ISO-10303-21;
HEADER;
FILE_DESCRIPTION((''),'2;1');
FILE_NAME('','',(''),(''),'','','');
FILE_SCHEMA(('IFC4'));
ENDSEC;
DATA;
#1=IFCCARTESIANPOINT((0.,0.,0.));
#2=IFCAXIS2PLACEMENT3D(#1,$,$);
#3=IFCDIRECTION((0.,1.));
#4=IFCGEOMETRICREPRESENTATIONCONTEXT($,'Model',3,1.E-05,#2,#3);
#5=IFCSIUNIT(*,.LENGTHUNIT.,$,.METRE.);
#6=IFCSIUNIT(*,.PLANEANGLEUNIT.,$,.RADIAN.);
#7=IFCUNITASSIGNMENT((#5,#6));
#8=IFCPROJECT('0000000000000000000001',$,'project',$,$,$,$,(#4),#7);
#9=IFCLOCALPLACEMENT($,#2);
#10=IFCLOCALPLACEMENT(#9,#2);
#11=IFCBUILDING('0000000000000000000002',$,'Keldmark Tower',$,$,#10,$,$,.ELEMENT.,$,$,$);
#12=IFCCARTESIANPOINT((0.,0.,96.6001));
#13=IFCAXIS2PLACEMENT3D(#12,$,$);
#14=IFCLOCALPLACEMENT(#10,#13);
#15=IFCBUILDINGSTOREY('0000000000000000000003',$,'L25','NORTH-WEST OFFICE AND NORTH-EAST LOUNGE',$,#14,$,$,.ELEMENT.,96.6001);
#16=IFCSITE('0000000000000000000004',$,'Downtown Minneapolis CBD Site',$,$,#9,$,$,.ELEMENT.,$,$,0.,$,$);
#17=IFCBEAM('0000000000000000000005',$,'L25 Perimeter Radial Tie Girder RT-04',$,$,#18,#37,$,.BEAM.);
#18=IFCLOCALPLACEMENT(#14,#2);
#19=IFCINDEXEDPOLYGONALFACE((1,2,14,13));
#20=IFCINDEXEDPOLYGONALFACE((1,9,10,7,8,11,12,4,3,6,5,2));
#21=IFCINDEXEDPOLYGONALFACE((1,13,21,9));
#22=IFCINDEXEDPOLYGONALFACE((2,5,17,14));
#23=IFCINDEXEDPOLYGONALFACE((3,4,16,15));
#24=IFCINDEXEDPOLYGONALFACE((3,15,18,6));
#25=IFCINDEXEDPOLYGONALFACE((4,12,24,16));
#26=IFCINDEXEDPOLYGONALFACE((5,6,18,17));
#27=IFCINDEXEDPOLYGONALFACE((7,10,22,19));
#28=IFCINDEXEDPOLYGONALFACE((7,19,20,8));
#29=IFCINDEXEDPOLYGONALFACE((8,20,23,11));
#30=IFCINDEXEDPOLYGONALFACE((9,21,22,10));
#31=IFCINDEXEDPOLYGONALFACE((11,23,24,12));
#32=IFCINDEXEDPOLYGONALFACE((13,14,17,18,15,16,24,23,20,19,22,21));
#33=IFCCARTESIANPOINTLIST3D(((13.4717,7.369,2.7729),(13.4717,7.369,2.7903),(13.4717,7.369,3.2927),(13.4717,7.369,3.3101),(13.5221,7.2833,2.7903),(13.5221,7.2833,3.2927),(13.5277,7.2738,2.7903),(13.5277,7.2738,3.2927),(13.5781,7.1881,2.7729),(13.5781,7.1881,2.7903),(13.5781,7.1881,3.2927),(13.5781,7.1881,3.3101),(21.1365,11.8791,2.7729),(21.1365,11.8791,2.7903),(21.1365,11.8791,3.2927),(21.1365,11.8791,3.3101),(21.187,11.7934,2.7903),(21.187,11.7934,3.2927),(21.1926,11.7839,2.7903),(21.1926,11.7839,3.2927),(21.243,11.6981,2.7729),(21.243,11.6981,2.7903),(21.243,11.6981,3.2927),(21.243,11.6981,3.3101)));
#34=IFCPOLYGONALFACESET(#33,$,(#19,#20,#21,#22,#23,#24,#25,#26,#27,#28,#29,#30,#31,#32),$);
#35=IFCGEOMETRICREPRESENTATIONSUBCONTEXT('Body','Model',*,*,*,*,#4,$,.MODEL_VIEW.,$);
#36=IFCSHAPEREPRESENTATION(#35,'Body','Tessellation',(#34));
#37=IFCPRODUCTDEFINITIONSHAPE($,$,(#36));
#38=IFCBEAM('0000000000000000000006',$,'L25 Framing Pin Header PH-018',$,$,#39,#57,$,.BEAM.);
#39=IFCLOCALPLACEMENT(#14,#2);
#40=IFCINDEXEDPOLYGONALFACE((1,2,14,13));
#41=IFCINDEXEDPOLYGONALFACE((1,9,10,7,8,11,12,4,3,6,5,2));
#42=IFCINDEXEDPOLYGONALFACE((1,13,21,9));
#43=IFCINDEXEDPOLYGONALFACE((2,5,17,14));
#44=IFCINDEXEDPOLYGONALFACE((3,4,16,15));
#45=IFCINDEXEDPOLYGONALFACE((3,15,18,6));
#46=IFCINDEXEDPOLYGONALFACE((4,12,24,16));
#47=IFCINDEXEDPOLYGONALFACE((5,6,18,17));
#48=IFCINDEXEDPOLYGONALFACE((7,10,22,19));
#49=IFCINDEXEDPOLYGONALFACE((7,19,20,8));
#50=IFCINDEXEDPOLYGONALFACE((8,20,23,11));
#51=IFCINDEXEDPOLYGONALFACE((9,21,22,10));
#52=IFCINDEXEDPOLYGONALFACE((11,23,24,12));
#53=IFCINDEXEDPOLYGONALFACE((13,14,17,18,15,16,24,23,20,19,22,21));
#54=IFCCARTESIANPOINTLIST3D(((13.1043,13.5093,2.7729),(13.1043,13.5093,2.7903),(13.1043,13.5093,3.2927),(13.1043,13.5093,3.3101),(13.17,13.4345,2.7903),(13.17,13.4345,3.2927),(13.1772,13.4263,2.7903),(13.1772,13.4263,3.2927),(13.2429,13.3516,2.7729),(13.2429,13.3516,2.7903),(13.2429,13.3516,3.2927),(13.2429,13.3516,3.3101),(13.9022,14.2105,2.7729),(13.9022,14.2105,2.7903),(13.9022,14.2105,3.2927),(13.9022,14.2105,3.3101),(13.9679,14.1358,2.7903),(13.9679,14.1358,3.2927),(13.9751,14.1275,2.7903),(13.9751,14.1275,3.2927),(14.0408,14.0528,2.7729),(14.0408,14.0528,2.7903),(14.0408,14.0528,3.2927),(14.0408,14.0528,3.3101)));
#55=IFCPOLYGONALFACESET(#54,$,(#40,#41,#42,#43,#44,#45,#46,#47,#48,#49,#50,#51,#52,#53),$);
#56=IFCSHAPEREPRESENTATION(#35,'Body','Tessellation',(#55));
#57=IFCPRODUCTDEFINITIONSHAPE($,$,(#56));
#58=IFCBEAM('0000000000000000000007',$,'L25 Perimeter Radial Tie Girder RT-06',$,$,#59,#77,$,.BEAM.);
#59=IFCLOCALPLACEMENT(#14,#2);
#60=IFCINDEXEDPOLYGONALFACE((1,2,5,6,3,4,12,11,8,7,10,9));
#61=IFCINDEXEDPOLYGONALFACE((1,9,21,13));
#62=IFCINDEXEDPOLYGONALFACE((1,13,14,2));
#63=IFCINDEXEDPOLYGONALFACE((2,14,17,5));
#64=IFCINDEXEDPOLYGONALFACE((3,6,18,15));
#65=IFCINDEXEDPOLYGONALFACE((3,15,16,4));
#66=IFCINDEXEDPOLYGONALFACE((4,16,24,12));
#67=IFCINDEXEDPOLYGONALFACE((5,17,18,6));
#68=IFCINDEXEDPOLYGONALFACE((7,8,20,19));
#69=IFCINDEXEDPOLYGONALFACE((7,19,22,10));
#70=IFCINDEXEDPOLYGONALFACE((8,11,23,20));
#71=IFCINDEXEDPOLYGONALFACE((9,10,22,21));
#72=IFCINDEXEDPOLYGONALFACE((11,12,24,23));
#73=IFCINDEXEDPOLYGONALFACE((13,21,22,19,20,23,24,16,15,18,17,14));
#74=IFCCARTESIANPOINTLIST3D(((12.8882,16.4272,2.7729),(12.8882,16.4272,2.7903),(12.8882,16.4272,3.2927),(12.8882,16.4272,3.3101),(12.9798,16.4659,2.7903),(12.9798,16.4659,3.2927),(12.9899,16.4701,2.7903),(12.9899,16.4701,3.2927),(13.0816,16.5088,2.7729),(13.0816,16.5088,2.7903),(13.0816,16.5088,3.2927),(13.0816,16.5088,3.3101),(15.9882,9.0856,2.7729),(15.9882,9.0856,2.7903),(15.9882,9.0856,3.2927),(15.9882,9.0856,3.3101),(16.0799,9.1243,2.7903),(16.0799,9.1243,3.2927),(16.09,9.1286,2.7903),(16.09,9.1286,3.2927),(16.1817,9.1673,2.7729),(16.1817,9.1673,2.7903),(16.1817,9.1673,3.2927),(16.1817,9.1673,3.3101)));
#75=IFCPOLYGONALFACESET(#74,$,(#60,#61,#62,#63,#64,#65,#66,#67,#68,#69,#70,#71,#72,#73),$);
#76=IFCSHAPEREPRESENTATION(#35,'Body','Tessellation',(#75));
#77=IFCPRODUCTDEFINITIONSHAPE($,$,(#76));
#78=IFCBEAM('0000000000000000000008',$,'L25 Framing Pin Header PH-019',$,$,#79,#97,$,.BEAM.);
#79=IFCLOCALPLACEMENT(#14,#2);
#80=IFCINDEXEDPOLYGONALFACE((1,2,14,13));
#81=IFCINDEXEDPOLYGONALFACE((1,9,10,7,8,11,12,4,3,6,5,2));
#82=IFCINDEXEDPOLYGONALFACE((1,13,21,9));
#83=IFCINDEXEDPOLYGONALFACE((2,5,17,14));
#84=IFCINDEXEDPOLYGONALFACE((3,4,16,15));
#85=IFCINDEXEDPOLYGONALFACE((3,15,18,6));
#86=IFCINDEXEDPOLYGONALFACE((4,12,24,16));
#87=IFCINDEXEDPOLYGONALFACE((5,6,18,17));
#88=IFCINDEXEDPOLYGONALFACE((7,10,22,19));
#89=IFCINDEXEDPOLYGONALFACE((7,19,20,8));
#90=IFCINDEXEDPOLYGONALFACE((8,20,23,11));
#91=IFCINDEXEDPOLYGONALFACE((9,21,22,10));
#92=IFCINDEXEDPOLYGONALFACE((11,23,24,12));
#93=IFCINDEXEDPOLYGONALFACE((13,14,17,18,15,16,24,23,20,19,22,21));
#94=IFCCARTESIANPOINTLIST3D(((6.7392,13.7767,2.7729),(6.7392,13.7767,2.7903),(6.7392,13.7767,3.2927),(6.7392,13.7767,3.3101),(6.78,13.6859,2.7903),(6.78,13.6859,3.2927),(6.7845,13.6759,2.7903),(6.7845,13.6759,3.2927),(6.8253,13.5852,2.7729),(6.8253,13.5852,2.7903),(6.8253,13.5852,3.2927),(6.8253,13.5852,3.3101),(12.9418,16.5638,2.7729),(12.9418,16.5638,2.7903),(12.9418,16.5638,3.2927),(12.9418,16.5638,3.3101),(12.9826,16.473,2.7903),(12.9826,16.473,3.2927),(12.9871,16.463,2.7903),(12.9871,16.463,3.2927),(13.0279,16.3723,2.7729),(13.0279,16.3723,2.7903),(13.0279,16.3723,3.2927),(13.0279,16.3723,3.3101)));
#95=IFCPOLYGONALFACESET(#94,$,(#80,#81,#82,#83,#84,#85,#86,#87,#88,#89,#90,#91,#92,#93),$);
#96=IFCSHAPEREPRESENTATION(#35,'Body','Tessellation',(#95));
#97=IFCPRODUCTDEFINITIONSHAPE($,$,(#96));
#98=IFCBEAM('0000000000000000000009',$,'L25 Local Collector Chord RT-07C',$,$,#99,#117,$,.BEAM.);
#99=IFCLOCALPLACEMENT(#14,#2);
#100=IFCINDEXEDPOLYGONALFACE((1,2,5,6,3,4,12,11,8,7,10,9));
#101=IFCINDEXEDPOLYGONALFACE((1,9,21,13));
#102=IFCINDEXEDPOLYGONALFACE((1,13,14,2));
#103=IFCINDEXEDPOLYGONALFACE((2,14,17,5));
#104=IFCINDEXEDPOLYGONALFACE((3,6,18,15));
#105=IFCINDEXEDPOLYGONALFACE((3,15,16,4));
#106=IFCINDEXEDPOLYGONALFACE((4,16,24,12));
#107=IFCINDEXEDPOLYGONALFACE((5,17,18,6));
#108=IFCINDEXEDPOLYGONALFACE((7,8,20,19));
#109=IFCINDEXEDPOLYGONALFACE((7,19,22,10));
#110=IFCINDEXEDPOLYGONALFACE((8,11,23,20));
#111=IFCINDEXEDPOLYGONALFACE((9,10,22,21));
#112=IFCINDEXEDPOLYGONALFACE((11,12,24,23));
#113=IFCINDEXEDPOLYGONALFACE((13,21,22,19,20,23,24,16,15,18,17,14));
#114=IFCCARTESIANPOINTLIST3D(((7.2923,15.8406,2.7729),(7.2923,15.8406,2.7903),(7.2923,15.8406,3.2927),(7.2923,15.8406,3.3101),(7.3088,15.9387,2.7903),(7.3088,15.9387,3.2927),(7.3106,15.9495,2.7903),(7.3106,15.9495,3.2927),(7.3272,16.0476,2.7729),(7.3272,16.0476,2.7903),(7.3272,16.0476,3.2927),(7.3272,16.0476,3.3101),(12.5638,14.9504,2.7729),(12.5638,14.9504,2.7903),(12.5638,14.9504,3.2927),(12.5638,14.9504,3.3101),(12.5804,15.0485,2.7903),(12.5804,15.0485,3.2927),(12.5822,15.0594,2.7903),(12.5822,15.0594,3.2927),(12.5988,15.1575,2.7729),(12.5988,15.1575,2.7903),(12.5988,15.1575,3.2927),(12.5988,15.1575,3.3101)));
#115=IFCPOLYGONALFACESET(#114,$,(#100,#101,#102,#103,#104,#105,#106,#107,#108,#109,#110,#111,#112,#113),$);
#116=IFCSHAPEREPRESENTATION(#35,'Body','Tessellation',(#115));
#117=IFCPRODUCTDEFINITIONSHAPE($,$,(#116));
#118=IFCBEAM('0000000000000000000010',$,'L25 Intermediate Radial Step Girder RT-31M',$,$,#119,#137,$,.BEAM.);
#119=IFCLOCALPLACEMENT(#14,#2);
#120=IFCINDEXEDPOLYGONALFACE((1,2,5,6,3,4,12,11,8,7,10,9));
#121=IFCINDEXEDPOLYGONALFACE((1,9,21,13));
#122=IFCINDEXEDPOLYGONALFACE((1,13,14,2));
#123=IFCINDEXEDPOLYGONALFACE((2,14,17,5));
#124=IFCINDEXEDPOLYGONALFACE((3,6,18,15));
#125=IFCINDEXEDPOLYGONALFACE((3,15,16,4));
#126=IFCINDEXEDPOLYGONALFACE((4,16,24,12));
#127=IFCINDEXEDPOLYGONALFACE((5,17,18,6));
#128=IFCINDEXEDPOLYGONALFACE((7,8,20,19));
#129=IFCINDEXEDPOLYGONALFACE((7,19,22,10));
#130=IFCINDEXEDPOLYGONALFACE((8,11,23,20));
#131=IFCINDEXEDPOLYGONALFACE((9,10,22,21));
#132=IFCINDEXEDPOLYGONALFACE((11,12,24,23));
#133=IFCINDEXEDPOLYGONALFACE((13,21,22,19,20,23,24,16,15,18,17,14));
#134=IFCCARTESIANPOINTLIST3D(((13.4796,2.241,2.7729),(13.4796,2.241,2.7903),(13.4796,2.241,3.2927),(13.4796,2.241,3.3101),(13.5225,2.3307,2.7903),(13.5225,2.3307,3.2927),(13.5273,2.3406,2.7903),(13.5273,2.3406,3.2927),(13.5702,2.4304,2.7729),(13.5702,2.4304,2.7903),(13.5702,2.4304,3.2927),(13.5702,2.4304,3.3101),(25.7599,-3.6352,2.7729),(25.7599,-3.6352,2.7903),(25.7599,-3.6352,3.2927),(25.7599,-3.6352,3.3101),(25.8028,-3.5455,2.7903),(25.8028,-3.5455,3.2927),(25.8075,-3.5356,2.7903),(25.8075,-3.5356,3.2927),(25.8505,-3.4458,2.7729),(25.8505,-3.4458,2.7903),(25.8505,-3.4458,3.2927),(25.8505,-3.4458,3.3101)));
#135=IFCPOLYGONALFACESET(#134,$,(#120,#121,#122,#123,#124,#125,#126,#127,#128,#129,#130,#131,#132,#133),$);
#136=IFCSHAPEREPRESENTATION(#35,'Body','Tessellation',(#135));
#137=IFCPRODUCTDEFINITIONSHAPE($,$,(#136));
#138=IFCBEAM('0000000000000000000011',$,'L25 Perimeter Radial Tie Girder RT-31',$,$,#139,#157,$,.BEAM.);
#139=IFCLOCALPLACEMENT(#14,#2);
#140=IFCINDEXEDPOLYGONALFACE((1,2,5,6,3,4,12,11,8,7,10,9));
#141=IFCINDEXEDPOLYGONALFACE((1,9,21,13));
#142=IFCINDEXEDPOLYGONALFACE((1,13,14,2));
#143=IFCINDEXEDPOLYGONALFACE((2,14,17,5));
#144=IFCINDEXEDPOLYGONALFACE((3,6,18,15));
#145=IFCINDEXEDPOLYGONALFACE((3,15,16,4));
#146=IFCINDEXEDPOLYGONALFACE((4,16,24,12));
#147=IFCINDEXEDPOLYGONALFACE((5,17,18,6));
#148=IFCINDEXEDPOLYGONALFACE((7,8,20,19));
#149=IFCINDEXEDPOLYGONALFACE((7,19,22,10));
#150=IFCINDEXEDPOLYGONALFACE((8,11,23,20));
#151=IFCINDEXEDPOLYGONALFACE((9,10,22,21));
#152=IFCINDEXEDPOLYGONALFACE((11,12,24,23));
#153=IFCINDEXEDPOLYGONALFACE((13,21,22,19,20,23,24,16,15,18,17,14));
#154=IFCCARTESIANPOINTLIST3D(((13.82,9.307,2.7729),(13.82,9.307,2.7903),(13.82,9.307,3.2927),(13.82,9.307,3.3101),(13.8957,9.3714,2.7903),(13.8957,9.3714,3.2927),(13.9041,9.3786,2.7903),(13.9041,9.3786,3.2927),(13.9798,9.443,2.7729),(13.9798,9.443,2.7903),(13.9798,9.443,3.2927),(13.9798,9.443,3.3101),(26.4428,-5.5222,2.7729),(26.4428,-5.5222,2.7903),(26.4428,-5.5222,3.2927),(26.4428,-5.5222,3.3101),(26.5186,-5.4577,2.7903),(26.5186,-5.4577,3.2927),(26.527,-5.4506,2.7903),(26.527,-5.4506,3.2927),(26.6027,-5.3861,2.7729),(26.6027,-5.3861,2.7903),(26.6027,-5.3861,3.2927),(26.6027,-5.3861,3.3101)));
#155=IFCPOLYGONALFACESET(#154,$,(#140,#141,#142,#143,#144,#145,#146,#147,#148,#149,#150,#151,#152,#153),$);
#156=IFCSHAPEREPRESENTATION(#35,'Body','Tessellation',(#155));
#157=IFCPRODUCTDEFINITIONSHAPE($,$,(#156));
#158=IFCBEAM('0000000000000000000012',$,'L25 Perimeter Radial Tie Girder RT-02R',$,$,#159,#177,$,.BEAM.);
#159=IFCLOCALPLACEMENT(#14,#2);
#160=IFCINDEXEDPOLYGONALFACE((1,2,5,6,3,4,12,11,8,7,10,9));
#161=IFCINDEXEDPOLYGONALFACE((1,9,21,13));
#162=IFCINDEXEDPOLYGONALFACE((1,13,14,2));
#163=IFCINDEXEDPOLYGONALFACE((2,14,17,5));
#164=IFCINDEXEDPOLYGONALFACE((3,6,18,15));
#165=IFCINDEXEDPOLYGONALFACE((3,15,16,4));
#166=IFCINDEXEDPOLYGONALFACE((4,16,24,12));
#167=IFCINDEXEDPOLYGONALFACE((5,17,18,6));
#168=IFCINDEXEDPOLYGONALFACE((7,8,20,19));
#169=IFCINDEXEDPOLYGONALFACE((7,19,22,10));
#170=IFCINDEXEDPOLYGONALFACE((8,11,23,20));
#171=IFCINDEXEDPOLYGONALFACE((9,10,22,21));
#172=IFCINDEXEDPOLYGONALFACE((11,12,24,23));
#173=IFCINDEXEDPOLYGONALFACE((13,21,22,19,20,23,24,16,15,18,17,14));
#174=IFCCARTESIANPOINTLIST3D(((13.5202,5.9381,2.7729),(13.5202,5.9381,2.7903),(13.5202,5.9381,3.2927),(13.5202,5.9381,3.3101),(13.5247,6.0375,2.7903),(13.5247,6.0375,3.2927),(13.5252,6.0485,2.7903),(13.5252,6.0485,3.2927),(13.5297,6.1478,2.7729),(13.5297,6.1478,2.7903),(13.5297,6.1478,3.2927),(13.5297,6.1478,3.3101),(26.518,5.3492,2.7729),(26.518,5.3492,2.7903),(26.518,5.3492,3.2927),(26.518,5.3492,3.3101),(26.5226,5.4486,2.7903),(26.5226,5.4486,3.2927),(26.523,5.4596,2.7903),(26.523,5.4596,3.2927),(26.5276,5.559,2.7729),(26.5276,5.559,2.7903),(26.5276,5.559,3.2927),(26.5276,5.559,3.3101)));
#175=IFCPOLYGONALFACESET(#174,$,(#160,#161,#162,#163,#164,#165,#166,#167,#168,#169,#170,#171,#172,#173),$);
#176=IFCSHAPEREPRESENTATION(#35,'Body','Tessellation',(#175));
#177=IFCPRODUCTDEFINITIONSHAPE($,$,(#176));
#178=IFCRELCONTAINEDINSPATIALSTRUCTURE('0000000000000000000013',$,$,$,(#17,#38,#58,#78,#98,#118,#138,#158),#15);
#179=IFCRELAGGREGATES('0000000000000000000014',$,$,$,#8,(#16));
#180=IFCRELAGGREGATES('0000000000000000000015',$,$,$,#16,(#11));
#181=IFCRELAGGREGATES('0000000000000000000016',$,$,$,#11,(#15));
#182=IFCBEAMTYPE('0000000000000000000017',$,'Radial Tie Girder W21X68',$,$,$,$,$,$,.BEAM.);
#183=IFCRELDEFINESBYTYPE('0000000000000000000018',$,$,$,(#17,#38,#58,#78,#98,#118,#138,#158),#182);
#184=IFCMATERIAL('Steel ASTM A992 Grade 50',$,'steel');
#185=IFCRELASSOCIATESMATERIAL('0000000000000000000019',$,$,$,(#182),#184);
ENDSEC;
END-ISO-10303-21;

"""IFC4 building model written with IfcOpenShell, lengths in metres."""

from ifc_helpers import new_model, si_unit, direction, frame, origin, origin_2d, place, context, subcontext, project, spatial, i_section, extrude, material, material_profile, profile_set, type_object, element, save


model = new_model("IFC4")

# Units and contexts
model_context = context("Model", 3, precision=1e-05, world=origin(), true_north=direction((0.0, 1.0)))
body_context = subcontext(model_context, "Body", "Model", "MODEL_VIEW")
ifc_project = project(units=[si_unit("LENGTHUNIT", "METRE"), si_unit("PLANEANGLEUNIT", "RADIAN")], contexts=[model_context])

# Site, building, storey
site_placement = place(None, origin())
site = spatial("IfcSite", under=ifc_project, at=site_placement, Name="Downtown Minneapolis CBD Site", CompositionType="ELEMENT", RefElevation=0.0)
building_placement = place(site_placement, origin())
building = spatial("IfcBuilding", under=site, at=building_placement, Name="Keldmark Tower", CompositionType="ELEMENT")
storey_placement = place(building_placement, frame((0.0, 0.0, 96.6001)))
storey = spatial("IfcBuildingStorey", under=building, at=storey_placement, Name="L25", Description="NORTH-WEST OFFICE AND NORTH-EAST LOUNGE", CompositionType="ELEMENT", Elevation=96.6001)

# Beams
ifc_material_1 = material(Name="Steel ASTM A992 Grade 50", Category="steel")
ifc_material_profile_1 = material_profile(ifc_material_1, i_section(OverallWidth=0.21, OverallDepth=0.5371, WebThickness=0.011, FlangeThickness=0.0173, at=origin_2d()), Name="W21X68")
ifc_profile_set_1 = profile_set([ifc_material_profile_1], Name="Steel ASTM A992 Grade 50")
beam_type_1 = type_object("IfcBeamType", Name="Radial Tie Girder W21X68", PredefinedType="BEAM", material=ifc_profile_set_1)
beam_1_placement = place(storey_placement, frame((13.5249, 7.2786, 3.0415), z_axis=(0.86187, 0.507129, 0.0), x_axis=(-0.507129, 0.86187, 0.0)))
element("IfcBeam", 1, at=beam_1_placement, inside=storey, type_object=beam_type_1, Name="L25 Perimeter Radial Tie Girder RT-04", PredefinedType="BEAM", context=body_context, shape_type="SweptSolid", body=[
    extrude(i_section(OverallWidth=0.21, OverallDepth=0.5371, WebThickness=0.011, FlangeThickness=0.0173, at=origin_2d()), origin(), (0.0, 0.0, 1.0), 8.8933),
])
beam_2_placement = place(storey_placement, frame((13.1736, 13.4304, 3.0415), z_axis=(0.751151, 0.66013, 0.0), x_axis=(-0.66013, 0.751151, 0.0)))
element("IfcBeam", 2, at=beam_2_placement, inside=storey, type_object=beam_type_1, Name="L25 Framing Pin Header PH-018", PredefinedType="BEAM", context=body_context, shape_type="SweptSolid", body=[
    extrude(i_section(OverallWidth=0.21, OverallDepth=0.5371, WebThickness=0.011, FlangeThickness=0.0173, at=origin_2d()), origin(), (0.0, 0.0, 1.0), 1.0623),
])
beam_3_placement = place(storey_placement, frame((16.085, 9.1265, 3.0415), z_axis=(-0.389007, 0.921235, 0.0), x_axis=(-0.921235, -0.389007, 0.0)))
element("IfcBeam", 3, at=beam_3_placement, inside=storey, type_object=beam_type_1, Name="L25 Perimeter Radial Tie Girder RT-06", PredefinedType="BEAM", context=body_context, shape_type="SweptSolid", body=[
    extrude(i_section(OverallWidth=0.21, OverallDepth=0.5371, WebThickness=0.011, FlangeThickness=0.0173, at=origin_2d()), origin(), (0.0, 0.0, 1.0), 7.9692),
])
beam_4_placement = place(storey_placement, frame((12.9849, 16.468, 3.0415), z_axis=(-0.912146, -0.409866, 0.0), x_axis=(0.409866, -0.912146, 0.0)))
element("IfcBeam", 4, at=beam_4_placement, inside=storey, type_object=beam_type_1, Name="L25 Framing Pin Header PH-019", PredefinedType="BEAM", context=body_context, shape_type="SweptSolid", body=[
    extrude(i_section(OverallWidth=0.21, OverallDepth=0.5371, WebThickness=0.011, FlangeThickness=0.0173, at=origin_2d()), origin(), (0.0, 0.0, 1.0), 6.8),
])
beam_5_placement = place(storey_placement, frame((12.5813, 15.054, 3.0415), z_axis=(-0.986041, 0.166502, 0.0), x_axis=(-0.166502, -0.986041, 0.0)))
element("IfcBeam", 5, at=beam_5_placement, inside=storey, type_object=beam_type_1, Name="L25 Local Collector Chord RT-07C", PredefinedType="BEAM", context=body_context, shape_type="SweptSolid", body=[
    extrude(i_section(OverallWidth=0.21, OverallDepth=0.5371, WebThickness=0.011, FlangeThickness=0.0173, at=origin_2d()), origin(), (0.0, 0.0, 1.0), 5.3462),
])
beam_6_placement = place(storey_placement, frame((13.5249, 2.3357, 3.0415), z_axis=(0.902047, -0.431638, 0.0), x_axis=(0.431638, 0.902047, 0.0)))
element("IfcBeam", 6, at=beam_6_placement, inside=storey, type_object=beam_type_1, Name="L25 Intermediate Radial Step Girder RT-31M", PredefinedType="BEAM", context=body_context, shape_type="SweptSolid", body=[
    extrude(i_section(OverallWidth=0.21, OverallDepth=0.5371, WebThickness=0.011, FlangeThickness=0.0173, at=origin_2d()), origin(), (0.0, 0.0, 1.0), 13.6138),
])
beam_7_placement = place(storey_placement, frame((13.8999, 9.375, 3.0415), z_axis=(0.648187, -0.761481, 0.0), x_axis=(0.761481, 0.648187, 0.0)))
element("IfcBeam", 7, at=beam_7_placement, inside=storey, type_object=beam_type_1, Name="L25 Perimeter Radial Tie Girder RT-31", PredefinedType="BEAM", context=body_context, shape_type="SweptSolid", body=[
    extrude(i_section(OverallWidth=0.21, OverallDepth=0.5371, WebThickness=0.011, FlangeThickness=0.0173, at=origin_2d()), origin(), (0.0, 0.0, 1.0), 19.4741),
])
beam_8_placement = place(storey_placement, frame((13.5249, 6.043, 3.0415), z_axis=(0.998975, -0.045259, 0.0), x_axis=(0.045259, 0.998975, 0.0)))
element("IfcBeam", 8, at=beam_8_placement, inside=storey, type_object=beam_type_1, Name="L25 Perimeter Radial Tie Girder RT-02R", PredefinedType="BEAM", context=body_context, shape_type="SweptSolid", body=[
    extrude(i_section(OverallWidth=0.21, OverallDepth=0.5371, WebThickness=0.011, FlangeThickness=0.0173, at=origin_2d()), origin(), (0.0, 0.0, 1.0), 13.0112),
])

save(model, "model.ifc")
